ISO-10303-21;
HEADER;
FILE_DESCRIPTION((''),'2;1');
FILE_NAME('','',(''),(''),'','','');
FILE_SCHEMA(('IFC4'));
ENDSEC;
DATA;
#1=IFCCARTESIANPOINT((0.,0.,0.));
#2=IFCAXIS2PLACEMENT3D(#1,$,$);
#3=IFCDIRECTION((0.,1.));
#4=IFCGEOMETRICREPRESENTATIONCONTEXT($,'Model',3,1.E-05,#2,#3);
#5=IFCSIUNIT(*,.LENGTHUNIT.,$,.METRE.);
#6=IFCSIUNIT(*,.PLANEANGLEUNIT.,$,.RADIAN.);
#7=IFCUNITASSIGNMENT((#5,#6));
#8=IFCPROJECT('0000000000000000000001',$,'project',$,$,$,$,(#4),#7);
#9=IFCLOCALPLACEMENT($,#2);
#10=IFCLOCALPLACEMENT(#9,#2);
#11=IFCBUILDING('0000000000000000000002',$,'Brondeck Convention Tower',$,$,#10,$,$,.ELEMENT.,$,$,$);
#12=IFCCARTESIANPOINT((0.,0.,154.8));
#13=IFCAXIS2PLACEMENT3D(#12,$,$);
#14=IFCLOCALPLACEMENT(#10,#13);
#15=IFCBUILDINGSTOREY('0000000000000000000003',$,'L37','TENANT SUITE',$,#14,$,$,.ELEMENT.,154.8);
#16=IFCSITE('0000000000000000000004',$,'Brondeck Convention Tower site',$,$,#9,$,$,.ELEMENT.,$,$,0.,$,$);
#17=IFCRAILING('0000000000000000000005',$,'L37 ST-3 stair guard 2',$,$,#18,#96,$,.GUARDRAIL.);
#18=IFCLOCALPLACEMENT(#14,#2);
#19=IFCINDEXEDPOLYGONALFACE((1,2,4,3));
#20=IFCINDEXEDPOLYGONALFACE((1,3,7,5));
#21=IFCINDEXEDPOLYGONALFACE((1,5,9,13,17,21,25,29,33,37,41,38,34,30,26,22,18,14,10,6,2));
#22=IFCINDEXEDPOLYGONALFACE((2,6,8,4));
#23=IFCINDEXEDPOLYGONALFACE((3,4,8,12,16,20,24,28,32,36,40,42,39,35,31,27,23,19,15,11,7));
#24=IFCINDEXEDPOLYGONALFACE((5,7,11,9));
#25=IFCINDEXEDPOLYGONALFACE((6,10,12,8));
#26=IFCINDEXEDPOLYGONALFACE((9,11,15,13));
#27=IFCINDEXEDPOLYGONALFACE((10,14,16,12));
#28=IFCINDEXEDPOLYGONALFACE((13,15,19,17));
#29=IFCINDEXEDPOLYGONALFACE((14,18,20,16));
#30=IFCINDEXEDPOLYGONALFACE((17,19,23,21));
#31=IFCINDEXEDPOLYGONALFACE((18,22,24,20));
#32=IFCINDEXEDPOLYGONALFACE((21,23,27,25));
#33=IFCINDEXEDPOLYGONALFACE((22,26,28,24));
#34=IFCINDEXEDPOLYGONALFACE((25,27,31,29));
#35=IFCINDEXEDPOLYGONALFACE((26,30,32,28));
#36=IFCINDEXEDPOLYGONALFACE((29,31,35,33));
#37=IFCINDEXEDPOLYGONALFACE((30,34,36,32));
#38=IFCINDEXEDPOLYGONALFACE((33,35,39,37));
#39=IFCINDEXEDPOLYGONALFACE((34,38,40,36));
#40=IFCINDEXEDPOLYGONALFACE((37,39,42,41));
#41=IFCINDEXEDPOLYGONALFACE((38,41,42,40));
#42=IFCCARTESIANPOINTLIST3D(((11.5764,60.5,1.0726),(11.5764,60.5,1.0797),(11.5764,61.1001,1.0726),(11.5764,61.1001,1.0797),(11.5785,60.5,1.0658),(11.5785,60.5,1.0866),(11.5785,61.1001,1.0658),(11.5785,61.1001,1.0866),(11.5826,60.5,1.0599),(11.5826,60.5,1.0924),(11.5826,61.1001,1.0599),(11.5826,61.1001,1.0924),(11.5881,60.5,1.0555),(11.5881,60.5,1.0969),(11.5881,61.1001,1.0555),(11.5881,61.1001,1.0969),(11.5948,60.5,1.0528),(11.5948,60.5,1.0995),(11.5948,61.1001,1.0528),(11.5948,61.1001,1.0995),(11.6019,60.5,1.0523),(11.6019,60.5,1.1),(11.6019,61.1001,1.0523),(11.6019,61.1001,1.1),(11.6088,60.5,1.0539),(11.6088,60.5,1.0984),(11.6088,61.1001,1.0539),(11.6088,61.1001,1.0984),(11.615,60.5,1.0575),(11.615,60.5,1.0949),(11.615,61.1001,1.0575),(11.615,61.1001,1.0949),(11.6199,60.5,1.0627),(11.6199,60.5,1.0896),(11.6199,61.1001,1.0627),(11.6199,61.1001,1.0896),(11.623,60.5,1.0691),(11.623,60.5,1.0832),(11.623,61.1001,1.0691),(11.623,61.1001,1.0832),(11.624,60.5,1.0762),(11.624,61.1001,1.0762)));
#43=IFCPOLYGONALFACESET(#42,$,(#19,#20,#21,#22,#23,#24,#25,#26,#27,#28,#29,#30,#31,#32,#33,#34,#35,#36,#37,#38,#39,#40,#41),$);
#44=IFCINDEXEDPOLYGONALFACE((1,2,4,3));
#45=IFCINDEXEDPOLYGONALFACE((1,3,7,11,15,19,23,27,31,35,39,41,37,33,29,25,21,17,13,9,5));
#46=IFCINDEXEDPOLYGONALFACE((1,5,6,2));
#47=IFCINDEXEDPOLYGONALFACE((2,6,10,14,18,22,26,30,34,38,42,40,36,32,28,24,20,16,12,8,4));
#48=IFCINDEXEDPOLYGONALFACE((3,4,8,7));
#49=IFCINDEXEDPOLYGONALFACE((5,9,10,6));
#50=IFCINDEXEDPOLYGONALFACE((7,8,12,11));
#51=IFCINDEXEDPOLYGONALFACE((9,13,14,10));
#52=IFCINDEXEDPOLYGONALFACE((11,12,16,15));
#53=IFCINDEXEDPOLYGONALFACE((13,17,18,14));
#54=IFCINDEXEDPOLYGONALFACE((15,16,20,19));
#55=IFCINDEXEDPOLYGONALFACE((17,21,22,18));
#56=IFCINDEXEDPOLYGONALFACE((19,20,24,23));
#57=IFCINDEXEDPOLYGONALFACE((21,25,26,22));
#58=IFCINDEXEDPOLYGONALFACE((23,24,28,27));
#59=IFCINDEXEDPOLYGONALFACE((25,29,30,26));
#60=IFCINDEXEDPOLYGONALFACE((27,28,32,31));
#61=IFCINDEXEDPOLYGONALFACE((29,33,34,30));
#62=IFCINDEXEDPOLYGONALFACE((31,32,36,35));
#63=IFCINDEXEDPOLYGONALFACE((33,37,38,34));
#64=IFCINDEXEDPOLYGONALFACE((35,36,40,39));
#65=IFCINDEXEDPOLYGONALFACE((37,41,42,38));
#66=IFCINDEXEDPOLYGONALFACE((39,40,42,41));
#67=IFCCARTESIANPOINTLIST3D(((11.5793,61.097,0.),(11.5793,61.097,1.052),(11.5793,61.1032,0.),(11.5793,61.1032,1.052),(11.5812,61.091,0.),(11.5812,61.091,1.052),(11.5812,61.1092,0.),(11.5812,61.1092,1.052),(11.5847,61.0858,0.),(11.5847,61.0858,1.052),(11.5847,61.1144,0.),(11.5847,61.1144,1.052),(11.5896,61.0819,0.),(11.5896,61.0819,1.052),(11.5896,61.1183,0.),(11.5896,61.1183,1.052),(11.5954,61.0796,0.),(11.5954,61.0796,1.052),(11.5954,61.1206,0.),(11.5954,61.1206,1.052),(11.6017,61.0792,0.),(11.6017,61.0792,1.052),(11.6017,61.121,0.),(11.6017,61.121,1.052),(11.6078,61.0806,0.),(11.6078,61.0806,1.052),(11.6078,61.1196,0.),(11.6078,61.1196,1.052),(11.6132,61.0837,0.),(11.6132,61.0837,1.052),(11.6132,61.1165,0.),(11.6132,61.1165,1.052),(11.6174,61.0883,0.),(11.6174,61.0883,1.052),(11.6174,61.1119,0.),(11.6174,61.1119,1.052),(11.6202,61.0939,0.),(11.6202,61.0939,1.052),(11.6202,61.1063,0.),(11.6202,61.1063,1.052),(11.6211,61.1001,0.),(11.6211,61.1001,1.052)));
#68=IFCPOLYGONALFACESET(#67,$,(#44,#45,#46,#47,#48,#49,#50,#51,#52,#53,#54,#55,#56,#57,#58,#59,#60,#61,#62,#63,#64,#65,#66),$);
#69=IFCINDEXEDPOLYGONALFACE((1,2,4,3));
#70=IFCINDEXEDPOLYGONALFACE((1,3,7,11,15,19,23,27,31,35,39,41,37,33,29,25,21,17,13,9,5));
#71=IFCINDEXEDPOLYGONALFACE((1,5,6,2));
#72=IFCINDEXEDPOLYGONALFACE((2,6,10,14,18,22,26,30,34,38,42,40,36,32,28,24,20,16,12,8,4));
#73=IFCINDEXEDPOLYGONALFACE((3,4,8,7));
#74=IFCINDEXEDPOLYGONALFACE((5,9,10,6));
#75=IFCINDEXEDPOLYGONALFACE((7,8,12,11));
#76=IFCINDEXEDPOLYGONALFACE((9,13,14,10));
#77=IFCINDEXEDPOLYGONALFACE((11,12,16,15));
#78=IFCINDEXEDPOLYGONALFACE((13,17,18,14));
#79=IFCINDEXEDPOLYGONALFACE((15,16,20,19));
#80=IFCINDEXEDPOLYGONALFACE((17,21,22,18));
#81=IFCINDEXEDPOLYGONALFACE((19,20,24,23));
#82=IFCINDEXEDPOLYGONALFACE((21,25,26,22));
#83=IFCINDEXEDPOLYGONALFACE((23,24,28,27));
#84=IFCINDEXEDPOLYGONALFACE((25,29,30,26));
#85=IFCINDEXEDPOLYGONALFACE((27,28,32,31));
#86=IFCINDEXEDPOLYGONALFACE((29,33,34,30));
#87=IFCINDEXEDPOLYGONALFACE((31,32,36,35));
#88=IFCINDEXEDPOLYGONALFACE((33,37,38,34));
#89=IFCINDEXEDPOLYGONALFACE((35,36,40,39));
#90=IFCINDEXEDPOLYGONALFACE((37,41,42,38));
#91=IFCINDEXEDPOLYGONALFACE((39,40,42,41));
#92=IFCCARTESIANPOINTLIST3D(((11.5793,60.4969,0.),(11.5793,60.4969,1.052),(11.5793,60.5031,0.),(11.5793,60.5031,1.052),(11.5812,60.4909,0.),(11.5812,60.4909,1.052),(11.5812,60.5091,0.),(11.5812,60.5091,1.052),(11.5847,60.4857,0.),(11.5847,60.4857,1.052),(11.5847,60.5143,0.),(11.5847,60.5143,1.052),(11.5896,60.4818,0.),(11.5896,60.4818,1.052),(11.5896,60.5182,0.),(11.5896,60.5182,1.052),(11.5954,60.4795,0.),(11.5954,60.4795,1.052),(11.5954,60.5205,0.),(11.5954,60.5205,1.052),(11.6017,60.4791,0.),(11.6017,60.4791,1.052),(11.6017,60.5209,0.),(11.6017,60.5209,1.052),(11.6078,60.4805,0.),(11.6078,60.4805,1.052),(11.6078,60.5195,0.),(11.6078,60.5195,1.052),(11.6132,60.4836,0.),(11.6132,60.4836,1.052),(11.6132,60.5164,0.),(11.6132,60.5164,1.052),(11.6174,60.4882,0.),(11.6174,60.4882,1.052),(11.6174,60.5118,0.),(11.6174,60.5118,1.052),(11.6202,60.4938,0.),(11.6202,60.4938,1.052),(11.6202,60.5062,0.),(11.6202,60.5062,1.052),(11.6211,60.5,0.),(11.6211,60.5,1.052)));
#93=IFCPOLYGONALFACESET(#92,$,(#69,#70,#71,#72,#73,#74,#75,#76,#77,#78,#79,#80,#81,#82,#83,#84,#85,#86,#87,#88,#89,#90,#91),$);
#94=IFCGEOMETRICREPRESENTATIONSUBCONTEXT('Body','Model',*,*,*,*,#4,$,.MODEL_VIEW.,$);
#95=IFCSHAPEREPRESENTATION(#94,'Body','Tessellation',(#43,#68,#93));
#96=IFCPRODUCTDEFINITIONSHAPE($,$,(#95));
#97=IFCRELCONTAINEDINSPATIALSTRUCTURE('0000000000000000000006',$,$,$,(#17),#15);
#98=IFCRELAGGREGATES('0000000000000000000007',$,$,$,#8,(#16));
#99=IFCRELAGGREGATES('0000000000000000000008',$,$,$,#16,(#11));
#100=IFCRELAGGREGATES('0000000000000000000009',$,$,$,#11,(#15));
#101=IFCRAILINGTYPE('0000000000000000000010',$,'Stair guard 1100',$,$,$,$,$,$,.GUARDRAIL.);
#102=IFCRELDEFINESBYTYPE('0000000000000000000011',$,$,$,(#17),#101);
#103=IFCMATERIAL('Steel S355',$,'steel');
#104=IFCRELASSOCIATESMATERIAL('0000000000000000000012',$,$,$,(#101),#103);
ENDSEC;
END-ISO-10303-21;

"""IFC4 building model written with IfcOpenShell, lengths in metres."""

from ifc_helpers import new_model, si_unit, direction, frame, origin, origin_2d, place, context, subcontext, project, spatial, circle, extrude, material, type_object, element, save


model = new_model("IFC4")

# Units and contexts
model_context = context("Model", 3, precision=1e-05, world=origin(), true_north=direction((0.0, 1.0)))
body_context = subcontext(model_context, "Body", "Model", "MODEL_VIEW")
ifc_project = project(units=[si_unit("LENGTHUNIT", "METRE"), si_unit("PLANEANGLEUNIT", "RADIAN")], contexts=[model_context])

# Site, building, storey
site_placement = place(None, origin())
site = spatial("IfcSite", under=ifc_project, at=site_placement, Name="Brondeck Convention Tower site", CompositionType="ELEMENT", RefElevation=0.0)
building_placement = place(site_placement, origin())
building = spatial("IfcBuilding", under=site, at=building_placement, Name="Brondeck Convention Tower", CompositionType="ELEMENT")
storey_placement = place(building_placement, frame((0.0, 0.0, 154.8)))
storey = spatial("IfcBuildingStorey", under=building, at=storey_placement, Name="L37", Description="TENANT SUITE", CompositionType="ELEMENT", Elevation=154.8)

# Railing
ifc_material_1 = material(Name="Steel S355", Category="steel")
railing_type_1 = type_object("IfcRailingType", Name="Stair guard 1100", PredefinedType="GUARDRAIL", material=ifc_material_1)
railing_1_placement = place(storey_placement, frame((11.6001, 61.1001, 0.0)))
element("IfcRailing", 1, at=railing_1_placement, inside=storey, type_object=railing_type_1, Name="L37 ST-3 stair guard 2", PredefinedType="GUARDRAIL", context=body_context, shape_type="SweptSolid", body=[
    extrude(circle(Radius=0.0239, at=origin_2d()), frame((0.0, 0.0, 1.0762), z_axis=(0.0, -1.0, 0.0), x_axis=(1.0, 0.0, 0.0)), (0.0, 0.0, 1.0), 0.6001),
    extrude(circle(Radius=0.021, at=origin_2d()), origin(), (0.0, 0.0, 1.0), 1.052),
    extrude(circle(Radius=0.021, at=origin_2d()), frame((0.0, -0.6001, 0.0)), (0.0, 0.0, 1.0), 1.052),
])

save(model, "model.ifc")
